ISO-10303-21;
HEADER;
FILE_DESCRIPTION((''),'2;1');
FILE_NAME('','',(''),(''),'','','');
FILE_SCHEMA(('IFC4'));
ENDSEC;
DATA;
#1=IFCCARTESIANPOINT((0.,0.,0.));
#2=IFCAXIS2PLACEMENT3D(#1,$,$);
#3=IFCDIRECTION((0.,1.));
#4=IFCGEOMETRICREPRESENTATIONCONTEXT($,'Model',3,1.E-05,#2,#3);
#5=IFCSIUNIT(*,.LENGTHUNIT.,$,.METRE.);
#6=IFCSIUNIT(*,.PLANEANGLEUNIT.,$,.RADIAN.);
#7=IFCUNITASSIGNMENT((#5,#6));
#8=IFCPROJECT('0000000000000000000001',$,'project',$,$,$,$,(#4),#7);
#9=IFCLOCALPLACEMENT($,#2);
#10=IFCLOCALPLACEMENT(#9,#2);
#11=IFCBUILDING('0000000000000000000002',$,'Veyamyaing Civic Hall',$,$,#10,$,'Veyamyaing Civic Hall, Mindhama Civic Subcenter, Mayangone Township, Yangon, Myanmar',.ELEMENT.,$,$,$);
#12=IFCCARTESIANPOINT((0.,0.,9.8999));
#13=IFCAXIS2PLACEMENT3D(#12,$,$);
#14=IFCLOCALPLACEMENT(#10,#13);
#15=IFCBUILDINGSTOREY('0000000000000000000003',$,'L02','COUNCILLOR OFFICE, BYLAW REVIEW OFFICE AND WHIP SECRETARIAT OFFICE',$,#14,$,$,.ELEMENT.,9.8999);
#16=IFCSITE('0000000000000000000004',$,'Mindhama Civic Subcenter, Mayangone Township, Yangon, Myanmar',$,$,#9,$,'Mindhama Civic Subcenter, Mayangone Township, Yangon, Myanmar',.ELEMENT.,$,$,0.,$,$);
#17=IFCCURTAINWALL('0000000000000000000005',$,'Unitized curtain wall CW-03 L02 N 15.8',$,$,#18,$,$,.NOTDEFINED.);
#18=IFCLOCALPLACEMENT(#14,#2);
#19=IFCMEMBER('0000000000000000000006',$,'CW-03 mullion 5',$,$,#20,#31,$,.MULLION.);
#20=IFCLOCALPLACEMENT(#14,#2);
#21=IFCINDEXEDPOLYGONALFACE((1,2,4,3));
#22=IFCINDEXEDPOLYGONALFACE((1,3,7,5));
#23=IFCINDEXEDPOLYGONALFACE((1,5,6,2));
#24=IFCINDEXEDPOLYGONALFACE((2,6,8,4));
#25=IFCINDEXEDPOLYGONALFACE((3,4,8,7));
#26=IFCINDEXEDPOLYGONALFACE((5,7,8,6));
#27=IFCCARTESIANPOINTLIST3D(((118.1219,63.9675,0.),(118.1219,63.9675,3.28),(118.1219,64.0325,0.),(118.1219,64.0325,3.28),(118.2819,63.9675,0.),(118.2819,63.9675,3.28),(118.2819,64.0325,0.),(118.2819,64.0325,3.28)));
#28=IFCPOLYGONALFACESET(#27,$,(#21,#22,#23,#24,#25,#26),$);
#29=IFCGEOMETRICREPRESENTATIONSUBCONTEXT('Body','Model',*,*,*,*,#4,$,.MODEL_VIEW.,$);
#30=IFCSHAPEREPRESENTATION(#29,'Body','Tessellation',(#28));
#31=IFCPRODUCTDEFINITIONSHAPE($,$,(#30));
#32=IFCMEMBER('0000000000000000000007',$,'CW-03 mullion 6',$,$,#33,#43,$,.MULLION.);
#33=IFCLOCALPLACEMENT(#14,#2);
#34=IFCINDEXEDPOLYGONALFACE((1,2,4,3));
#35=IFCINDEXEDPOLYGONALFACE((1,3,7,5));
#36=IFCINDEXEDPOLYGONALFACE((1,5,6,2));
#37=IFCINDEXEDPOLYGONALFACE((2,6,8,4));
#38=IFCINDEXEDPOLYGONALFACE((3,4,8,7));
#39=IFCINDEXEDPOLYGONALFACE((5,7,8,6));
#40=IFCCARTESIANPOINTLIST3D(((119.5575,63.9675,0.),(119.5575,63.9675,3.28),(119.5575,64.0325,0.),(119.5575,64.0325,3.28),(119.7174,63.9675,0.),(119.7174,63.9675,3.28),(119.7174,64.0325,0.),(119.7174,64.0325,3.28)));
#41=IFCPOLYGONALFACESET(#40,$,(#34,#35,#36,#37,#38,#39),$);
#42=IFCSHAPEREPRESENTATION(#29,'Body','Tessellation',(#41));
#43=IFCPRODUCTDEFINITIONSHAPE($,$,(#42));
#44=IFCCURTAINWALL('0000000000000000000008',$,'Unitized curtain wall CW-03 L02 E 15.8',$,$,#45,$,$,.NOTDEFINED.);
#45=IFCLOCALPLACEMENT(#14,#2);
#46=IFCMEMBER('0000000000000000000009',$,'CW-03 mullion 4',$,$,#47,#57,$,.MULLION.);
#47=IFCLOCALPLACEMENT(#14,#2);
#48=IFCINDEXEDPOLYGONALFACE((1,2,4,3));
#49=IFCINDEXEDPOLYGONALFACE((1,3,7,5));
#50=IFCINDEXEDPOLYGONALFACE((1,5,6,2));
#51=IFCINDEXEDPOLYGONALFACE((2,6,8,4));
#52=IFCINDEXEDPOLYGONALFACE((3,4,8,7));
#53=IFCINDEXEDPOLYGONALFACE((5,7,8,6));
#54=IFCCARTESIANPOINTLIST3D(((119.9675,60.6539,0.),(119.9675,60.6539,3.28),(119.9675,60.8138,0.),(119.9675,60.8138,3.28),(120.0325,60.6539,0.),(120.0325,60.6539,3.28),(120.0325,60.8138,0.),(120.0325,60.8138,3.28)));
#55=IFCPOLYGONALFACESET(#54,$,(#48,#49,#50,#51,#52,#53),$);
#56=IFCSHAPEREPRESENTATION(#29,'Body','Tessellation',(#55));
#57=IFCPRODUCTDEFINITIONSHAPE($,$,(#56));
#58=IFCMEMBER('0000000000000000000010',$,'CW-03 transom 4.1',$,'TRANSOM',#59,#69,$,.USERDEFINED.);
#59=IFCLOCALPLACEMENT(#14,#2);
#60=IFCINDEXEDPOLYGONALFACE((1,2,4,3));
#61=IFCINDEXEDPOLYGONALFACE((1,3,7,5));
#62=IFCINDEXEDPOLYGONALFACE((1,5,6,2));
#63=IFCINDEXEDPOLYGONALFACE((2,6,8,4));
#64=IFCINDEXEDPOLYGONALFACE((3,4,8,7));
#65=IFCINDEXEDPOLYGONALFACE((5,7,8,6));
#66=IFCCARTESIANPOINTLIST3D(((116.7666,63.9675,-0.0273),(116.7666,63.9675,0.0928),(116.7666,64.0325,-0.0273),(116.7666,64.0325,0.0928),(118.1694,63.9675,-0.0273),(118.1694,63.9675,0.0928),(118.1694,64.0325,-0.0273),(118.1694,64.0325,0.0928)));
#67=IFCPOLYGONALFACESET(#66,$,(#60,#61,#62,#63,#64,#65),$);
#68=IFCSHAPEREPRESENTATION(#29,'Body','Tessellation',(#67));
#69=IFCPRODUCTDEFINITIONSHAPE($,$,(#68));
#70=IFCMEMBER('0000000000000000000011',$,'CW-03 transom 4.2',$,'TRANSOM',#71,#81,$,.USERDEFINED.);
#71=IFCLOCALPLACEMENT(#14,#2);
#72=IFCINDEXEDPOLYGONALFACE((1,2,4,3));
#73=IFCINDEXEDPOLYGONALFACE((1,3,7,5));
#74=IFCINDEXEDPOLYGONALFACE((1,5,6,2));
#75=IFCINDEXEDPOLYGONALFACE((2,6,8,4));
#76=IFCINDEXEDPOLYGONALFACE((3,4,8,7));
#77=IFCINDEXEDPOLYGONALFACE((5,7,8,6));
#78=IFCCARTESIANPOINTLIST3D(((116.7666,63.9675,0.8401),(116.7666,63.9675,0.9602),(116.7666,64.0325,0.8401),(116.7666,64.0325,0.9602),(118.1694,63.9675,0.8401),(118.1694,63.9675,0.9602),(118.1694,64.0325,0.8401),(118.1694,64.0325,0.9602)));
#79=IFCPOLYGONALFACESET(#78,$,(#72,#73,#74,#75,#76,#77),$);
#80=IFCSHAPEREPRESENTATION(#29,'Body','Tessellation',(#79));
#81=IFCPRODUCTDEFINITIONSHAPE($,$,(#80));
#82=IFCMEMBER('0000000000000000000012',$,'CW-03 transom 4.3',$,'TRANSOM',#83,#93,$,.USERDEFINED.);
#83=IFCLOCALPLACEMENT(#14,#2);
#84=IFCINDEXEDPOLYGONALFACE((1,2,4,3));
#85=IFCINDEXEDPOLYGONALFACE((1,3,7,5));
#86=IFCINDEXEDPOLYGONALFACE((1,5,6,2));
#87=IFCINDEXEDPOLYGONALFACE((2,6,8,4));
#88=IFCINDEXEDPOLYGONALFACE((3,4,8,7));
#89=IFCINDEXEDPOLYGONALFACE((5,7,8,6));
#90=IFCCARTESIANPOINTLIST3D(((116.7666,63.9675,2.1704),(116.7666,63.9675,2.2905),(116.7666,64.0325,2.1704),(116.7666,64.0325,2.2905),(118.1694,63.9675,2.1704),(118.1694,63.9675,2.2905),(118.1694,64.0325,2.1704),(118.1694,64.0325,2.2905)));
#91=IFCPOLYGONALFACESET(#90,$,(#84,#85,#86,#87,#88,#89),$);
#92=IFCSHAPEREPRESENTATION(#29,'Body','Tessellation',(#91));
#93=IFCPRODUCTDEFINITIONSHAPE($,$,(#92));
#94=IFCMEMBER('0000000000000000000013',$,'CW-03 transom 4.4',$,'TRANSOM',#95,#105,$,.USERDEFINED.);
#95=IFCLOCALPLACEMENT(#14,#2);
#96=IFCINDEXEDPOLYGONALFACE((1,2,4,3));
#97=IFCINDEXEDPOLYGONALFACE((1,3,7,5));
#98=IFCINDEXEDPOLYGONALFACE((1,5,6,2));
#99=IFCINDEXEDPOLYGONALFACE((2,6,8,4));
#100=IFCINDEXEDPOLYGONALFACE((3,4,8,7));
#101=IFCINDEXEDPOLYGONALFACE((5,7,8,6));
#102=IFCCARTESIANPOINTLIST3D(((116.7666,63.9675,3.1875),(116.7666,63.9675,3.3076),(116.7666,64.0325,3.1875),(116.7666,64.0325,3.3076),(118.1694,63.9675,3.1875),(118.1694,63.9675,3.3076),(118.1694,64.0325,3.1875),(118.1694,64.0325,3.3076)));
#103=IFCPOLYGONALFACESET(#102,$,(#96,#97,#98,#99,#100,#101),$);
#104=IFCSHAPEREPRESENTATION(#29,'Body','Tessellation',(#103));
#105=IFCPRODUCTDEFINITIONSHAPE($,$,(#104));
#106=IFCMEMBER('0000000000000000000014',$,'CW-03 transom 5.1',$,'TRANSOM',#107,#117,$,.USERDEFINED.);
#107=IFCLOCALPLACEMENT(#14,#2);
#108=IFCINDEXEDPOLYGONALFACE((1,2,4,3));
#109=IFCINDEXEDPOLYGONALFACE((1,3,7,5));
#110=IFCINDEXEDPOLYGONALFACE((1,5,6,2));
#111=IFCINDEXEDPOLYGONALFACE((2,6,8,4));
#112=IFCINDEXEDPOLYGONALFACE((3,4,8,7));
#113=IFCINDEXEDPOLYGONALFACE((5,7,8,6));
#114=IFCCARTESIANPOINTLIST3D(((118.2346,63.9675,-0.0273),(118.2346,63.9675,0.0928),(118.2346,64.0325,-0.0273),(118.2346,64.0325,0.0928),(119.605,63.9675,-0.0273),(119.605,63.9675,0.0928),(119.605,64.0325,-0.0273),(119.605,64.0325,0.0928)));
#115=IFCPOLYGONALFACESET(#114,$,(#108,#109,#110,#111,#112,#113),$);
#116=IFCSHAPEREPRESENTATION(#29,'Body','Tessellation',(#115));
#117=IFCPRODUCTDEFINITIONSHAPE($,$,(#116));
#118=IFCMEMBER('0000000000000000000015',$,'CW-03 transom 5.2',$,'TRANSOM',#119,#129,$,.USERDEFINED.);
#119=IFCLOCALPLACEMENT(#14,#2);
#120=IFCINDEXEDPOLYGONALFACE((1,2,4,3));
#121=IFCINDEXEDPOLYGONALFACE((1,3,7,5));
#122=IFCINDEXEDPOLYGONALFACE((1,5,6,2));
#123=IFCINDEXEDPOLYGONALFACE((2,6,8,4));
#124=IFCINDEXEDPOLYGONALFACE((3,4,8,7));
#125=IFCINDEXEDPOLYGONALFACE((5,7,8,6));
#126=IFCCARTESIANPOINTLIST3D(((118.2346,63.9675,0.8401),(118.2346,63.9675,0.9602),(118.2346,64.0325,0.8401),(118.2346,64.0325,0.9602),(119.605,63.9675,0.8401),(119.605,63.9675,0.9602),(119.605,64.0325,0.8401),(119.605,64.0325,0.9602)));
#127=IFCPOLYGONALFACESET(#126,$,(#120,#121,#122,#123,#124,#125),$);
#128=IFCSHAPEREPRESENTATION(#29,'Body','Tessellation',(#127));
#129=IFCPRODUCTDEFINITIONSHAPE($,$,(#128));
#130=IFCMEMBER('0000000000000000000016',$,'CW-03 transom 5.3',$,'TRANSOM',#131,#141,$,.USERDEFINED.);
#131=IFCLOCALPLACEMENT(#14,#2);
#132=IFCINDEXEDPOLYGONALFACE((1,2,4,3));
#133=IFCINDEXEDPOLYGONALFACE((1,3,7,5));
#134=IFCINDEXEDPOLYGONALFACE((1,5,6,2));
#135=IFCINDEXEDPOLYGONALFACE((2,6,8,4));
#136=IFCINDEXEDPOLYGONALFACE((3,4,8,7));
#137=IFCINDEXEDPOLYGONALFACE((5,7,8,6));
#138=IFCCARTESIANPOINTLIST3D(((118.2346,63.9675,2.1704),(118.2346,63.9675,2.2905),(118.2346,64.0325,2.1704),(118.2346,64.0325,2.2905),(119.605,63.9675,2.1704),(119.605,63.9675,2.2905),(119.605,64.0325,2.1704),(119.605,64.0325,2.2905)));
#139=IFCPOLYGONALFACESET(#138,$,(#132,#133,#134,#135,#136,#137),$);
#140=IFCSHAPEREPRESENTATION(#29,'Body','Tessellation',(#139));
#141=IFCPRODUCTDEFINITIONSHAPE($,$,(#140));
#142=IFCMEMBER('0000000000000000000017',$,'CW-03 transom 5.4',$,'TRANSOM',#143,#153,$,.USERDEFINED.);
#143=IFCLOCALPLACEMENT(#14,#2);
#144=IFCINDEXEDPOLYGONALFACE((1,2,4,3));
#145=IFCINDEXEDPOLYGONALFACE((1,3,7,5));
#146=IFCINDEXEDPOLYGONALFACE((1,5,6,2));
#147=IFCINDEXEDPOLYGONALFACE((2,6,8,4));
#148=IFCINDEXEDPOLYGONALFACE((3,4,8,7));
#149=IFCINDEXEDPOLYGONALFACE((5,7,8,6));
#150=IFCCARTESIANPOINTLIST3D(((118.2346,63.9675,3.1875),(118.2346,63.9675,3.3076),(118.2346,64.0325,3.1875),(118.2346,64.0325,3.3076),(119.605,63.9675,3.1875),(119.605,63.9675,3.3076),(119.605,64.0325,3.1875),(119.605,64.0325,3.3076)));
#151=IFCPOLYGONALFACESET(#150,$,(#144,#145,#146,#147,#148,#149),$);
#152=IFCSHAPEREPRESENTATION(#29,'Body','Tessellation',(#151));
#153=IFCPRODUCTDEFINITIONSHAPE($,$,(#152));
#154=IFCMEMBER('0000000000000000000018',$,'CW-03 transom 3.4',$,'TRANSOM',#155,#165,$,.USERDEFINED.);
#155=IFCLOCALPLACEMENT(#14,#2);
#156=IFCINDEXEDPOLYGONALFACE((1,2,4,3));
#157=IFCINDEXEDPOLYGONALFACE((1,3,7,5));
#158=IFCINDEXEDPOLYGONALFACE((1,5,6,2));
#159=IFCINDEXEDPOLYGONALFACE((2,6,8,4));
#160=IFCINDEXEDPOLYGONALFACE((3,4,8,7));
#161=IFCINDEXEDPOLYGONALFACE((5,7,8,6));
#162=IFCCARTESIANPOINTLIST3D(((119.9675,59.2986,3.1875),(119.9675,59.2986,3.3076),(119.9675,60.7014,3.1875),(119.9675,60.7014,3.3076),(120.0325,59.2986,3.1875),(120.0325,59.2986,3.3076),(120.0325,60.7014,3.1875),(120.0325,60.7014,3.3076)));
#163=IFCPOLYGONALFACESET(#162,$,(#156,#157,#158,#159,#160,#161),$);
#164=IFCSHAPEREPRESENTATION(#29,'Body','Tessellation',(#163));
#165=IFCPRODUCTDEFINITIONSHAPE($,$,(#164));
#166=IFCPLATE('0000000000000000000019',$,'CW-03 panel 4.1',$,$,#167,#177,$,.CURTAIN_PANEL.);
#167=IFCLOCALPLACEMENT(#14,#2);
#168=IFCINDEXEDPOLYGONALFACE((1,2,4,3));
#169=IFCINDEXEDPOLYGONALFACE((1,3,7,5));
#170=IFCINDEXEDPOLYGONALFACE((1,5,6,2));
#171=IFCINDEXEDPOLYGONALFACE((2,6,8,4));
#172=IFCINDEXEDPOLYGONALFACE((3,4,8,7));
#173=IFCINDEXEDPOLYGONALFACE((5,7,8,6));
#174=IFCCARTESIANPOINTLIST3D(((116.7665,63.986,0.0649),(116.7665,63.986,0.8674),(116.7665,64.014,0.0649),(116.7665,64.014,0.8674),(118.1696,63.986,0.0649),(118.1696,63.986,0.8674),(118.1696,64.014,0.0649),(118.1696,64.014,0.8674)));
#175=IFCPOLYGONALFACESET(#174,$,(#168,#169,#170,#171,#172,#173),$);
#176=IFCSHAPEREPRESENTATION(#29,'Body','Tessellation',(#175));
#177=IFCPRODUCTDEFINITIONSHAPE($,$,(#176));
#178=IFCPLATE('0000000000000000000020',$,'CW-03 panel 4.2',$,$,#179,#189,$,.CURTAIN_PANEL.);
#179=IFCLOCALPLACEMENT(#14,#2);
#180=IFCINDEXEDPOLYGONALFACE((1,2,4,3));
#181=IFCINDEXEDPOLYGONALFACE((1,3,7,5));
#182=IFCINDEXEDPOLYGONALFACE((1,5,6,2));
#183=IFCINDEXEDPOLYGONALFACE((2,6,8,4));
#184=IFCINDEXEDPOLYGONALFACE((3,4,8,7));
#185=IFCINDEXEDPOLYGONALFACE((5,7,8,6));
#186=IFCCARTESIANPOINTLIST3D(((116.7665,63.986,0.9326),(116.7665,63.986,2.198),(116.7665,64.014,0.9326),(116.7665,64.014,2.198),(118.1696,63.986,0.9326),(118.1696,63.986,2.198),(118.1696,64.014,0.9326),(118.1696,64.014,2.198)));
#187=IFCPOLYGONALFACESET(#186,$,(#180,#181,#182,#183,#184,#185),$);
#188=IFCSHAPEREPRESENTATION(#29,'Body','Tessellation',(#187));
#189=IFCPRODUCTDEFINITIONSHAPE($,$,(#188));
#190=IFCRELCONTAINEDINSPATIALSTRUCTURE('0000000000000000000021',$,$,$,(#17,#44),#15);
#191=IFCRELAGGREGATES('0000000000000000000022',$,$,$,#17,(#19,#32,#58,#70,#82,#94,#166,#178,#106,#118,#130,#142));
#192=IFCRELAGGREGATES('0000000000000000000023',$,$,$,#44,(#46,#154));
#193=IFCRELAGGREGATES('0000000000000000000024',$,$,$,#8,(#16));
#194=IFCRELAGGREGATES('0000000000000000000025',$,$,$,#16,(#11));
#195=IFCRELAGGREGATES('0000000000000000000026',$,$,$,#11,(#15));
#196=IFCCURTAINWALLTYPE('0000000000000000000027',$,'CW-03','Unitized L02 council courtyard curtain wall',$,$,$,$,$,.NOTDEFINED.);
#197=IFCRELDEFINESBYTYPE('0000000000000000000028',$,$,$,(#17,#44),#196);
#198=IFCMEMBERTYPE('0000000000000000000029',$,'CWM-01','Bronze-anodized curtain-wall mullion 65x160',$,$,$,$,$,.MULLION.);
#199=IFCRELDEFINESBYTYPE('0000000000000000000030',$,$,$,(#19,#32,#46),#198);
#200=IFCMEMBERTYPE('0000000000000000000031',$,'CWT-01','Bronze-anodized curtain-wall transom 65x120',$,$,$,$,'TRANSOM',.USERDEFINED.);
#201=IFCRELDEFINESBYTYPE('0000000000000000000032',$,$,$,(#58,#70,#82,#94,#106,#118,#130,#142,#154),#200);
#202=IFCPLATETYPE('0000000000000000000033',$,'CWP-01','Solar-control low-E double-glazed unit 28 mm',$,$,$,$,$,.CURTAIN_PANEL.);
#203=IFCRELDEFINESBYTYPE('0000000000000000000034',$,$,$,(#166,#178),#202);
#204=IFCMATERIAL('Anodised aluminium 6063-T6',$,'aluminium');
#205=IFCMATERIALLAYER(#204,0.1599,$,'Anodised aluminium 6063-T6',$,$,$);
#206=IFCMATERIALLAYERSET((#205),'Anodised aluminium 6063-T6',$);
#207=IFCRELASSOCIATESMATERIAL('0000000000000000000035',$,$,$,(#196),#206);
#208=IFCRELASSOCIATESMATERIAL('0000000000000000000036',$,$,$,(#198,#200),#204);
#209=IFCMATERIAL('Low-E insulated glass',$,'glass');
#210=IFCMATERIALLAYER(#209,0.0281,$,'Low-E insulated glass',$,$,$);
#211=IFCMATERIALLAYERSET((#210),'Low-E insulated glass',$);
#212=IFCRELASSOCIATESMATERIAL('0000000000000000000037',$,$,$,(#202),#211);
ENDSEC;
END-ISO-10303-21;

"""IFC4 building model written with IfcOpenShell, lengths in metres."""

from ifc_helpers import new_model, si_unit, direction, frame, origin, origin_2d, place, context, subcontext, project, spatial, rectangle, extrude, material, layer, layer_set, material_profile, profile_set, type_object, element, aggregate, save


model = new_model("IFC4")

# Units and contexts
model_context = context("Model", 3, precision=1e-05, world=origin(), true_north=direction((0.0, 1.0)))
body_context = subcontext(model_context, "Body", "Model", "MODEL_VIEW")
ifc_project = project(units=[si_unit("LENGTHUNIT", "METRE"), si_unit("PLANEANGLEUNIT", "RADIAN")], contexts=[model_context])

# Site, building, storey
site_placement = place(None, origin())
site = spatial("IfcSite", under=ifc_project, at=site_placement, Name="Mindhama Civic Subcenter, Mayangone Township, Yangon, Myanmar", LongName="Mindhama Civic Subcenter, Mayangone Township, Yangon, Myanmar", CompositionType="ELEMENT", RefElevation=0.0)
building_placement = place(site_placement, origin())
building = spatial("IfcBuilding", under=site, at=building_placement, Name="Veyamyaing Civic Hall", LongName="Veyamyaing Civic Hall, Mindhama Civic Subcenter, Mayangone Township, Yangon, Myanmar", CompositionType="ELEMENT")
storey_placement = place(building_placement, frame((0.0, 0.0, 9.8999)))
storey = spatial("IfcBuildingStorey", under=building, at=storey_placement, Name="L02", Description="COUNCILLOR OFFICE, BYLAW REVIEW OFFICE AND WHIP SECRETARIAT OFFICE", CompositionType="ELEMENT", Elevation=9.8999)

# Curtain wall, members
ifc_material_1 = material(Name="Anodised aluminium 6063-T6", Category="aluminium")
ifc_layer_1 = layer(ifc_material_1, 0.1599, Name="Anodised aluminium 6063-T6")
ifc_layer_set_1 = layer_set([ifc_layer_1], Name="Anodised aluminium 6063-T6")
curtain_wall_type = type_object("IfcCurtainWallType", Name="CW-03", Description="Unitized L02 council courtyard curtain wall", PredefinedType="NOTDEFINED", material=ifc_layer_set_1)
curtain_wall_1_placement = place(storey_placement, origin())
curtain_wall_1 = element("IfcCurtainWall", 1, at=curtain_wall_1_placement, inside=storey, type_object=curtain_wall_type, Name="Unitized curtain wall CW-03 L02 N 15.8", PredefinedType="NOTDEFINED")
ifc_material_profile_1 = material_profile(ifc_material_1, rectangle(XDim=0.0649, YDim=0.1599, at=origin_2d()), Name="ALU-MUL-65X160")
ifc_profile_set_1 = profile_set([ifc_material_profile_1], Name="Anodised aluminium 6063-T6")
member_type_1 = type_object("IfcMemberType", Name="CWM-01", Description="Bronze-anodized curtain-wall mullion 65x160", PredefinedType="MULLION", material=ifc_profile_set_1)
member_1_placement = place(storey_placement, frame((118.2019, 64.0, 0.0), z_axis=(0.0, 0.0, 1.0), x_axis=(0.0, 1.0, 0.0)))
member_1 = element("IfcMember", 2, at=member_1_placement, type_object=member_type_1, Name="CW-03 mullion 5", PredefinedType="MULLION", context=body_context, shape_type="SweptSolid", body=[
    extrude(rectangle(XDim=0.0649, YDim=0.1599, at=origin_2d()), origin(), (0.0, 0.0, 1.0), 3.28),
])
member_2_placement = place(storey_placement, frame((119.6375, 64.0, 0.0), z_axis=(0.0, 0.0, 1.0), x_axis=(0.0, 1.0, 0.0)))
member_2 = element("IfcMember", 3, at=member_2_placement, type_object=member_type_1, Name="CW-03 mullion 6", PredefinedType="MULLION", context=body_context, shape_type="SweptSolid", body=[
    extrude(rectangle(XDim=0.0649, YDim=0.1599, at=origin_2d()), origin(), (0.0, 0.0, 1.0), 3.28),
])

# Curtain wall, member
curtain_wall_2_placement = place(storey_placement, origin())
curtain_wall_2 = element("IfcCurtainWall", 4, at=curtain_wall_2_placement, inside=storey, type_object=curtain_wall_type, Name="Unitized curtain wall CW-03 L02 E 15.8", PredefinedType="NOTDEFINED")
member_3_placement = place(storey_placement, frame((120.0, 60.7339, 0.0), z_axis=(0.0, 0.0, 1.0), x_axis=(-1.0, 0.0, 0.0)))
member_3 = element("IfcMember", 5, at=member_3_placement, type_object=member_type_1, Name="CW-03 mullion 4", PredefinedType="MULLION", context=body_context, shape_type="SweptSolid", body=[
    extrude(rectangle(XDim=0.0649, YDim=0.1599, at=origin_2d()), origin(), (0.0, 0.0, 1.0), 3.28),
])

# Members
ifc_material_profile_2 = material_profile(ifc_material_1, rectangle(XDim=0.0649, YDim=0.1201, at=origin_2d()), Name="ALU-TRN-65X120")
ifc_profile_set_2 = profile_set([ifc_material_profile_2], Name="Anodised aluminium 6063-T6")
member_type_2 = type_object("IfcMemberType", Name="CWT-01", Description="Bronze-anodized curtain-wall transom 65x120", ElementType="TRANSOM", PredefinedType="USERDEFINED", material=ifc_profile_set_2)
member_4_placement = place(storey_placement, frame((116.7666, 64.0, 0.0327), z_axis=(1.0, 0.0, 0.0), x_axis=(0.0, 1.0, 0.0)))
member_4 = element("IfcMember", 6, at=member_4_placement, type_object=member_type_2, Name="CW-03 transom 4.1", ObjectType="TRANSOM", PredefinedType="USERDEFINED", context=body_context, shape_type="SweptSolid", body=[
    extrude(rectangle(XDim=0.0649, YDim=0.1201, at=origin_2d()), origin(), (0.0, 0.0, 1.0), 1.4028),
])
member_5_placement = place(storey_placement, frame((116.7666, 64.0, 0.9001), z_axis=(1.0, 0.0, 0.0), x_axis=(0.0, 1.0, 0.0)))
member_5 = element("IfcMember", 7, at=member_5_placement, type_object=member_type_2, Name="CW-03 transom 4.2", ObjectType="TRANSOM", PredefinedType="USERDEFINED", context=body_context, shape_type="SweptSolid", body=[
    extrude(rectangle(XDim=0.0649, YDim=0.1201, at=origin_2d()), origin(), (0.0, 0.0, 1.0), 1.4028),
])
member_6_placement = place(storey_placement, frame((116.7666, 64.0, 2.2305), z_axis=(1.0, 0.0, 0.0), x_axis=(0.0, 1.0, 0.0)))
member_6 = element("IfcMember", 8, at=member_6_placement, type_object=member_type_2, Name="CW-03 transom 4.3", ObjectType="TRANSOM", PredefinedType="USERDEFINED", context=body_context, shape_type="SweptSolid", body=[
    extrude(rectangle(XDim=0.0649, YDim=0.1201, at=origin_2d()), origin(), (0.0, 0.0, 1.0), 1.4028),
])
member_7_placement = place(storey_placement, frame((116.7666, 64.0, 3.2476), z_axis=(1.0, 0.0, 0.0), x_axis=(0.0, 1.0, 0.0)))
member_7 = element("IfcMember", 9, at=member_7_placement, type_object=member_type_2, Name="CW-03 transom 4.4", ObjectType="TRANSOM", PredefinedType="USERDEFINED", context=body_context, shape_type="SweptSolid", body=[
    extrude(rectangle(XDim=0.0649, YDim=0.1201, at=origin_2d()), origin(), (0.0, 0.0, 1.0), 1.4028),
])
member_8_placement = place(storey_placement, frame((118.2346, 64.0, 0.0327), z_axis=(1.0, 0.0, 0.0), x_axis=(0.0, 1.0, 0.0)))
member_8 = element("IfcMember", 10, at=member_8_placement, type_object=member_type_2, Name="CW-03 transom 5.1", ObjectType="TRANSOM", PredefinedType="USERDEFINED", context=body_context, shape_type="SweptSolid", body=[
    extrude(rectangle(XDim=0.0649, YDim=0.1201, at=origin_2d()), origin(), (0.0, 0.0, 1.0), 1.3704),
])
member_9_placement = place(storey_placement, frame((118.2346, 64.0, 0.9001), z_axis=(1.0, 0.0, 0.0), x_axis=(0.0, 1.0, 0.0)))
member_9 = element("IfcMember", 11, at=member_9_placement, type_object=member_type_2, Name="CW-03 transom 5.2", ObjectType="TRANSOM", PredefinedType="USERDEFINED", context=body_context, shape_type="SweptSolid", body=[
    extrude(rectangle(XDim=0.0649, YDim=0.1201, at=origin_2d()), origin(), (0.0, 0.0, 1.0), 1.3704),
])
member_10_placement = place(storey_placement, frame((118.2346, 64.0, 2.2305), z_axis=(1.0, 0.0, 0.0), x_axis=(0.0, 1.0, 0.0)))
member_10 = element("IfcMember", 12, at=member_10_placement, type_object=member_type_2, Name="CW-03 transom 5.3", ObjectType="TRANSOM", PredefinedType="USERDEFINED", context=body_context, shape_type="SweptSolid", body=[
    extrude(rectangle(XDim=0.0649, YDim=0.1201, at=origin_2d()), origin(), (0.0, 0.0, 1.0), 1.3704),
])
member_11_placement = place(storey_placement, frame((118.2346, 64.0, 3.2476), z_axis=(1.0, 0.0, 0.0), x_axis=(0.0, 1.0, 0.0)))
member_11 = element("IfcMember", 13, at=member_11_placement, type_object=member_type_2, Name="CW-03 transom 5.4", ObjectType="TRANSOM", PredefinedType="USERDEFINED", context=body_context, shape_type="SweptSolid", body=[
    extrude(rectangle(XDim=0.0649, YDim=0.1201, at=origin_2d()), origin(), (0.0, 0.0, 1.0), 1.3704),
])
member_12_placement = place(storey_placement, frame((120.0, 59.2986, 3.2476), z_axis=(0.0, 1.0, 0.0), x_axis=(-1.0, 0.0, 0.0)))
member_12 = element("IfcMember", 14, at=member_12_placement, type_object=member_type_2, Name="CW-03 transom 3.4", ObjectType="TRANSOM", PredefinedType="USERDEFINED", context=body_context, shape_type="SweptSolid", body=[
    extrude(rectangle(XDim=0.0649, YDim=0.1201, at=origin_2d()), origin(), (0.0, 0.0, 1.0), 1.4028),
])

# Plates
ifc_material_2 = material(Name="Low-E insulated glass", Category="glass")
ifc_layer_2 = layer(ifc_material_2, 0.0281, Name="Low-E insulated glass")
ifc_layer_set_2 = layer_set([ifc_layer_2], Name="Low-E insulated glass")
plate_type = type_object("IfcPlateType", Name="CWP-01", Description="Solar-control low-E double-glazed unit 28 mm", PredefinedType="CURTAIN_PANEL", material=ifc_layer_set_2)
plate_1_placement = place(storey_placement, frame((117.468, 64.0, 0.0649), z_axis=(0.0, 0.0, 1.0), x_axis=(1.0, 0.0, 0.0)))
plate_1 = element("IfcPlate", 15, at=plate_1_placement, type_object=plate_type, Name="CW-03 panel 4.1", PredefinedType="CURTAIN_PANEL", context=body_context, shape_type="SweptSolid", body=[
    extrude(rectangle(XDim=1.4031, YDim=0.0281, at=origin_2d()), origin(), (0.0, 0.0, 1.0), 0.8025),
])
plate_2_placement = place(storey_placement, frame((117.468, 64.0, 0.9326), z_axis=(0.0, 0.0, 1.0), x_axis=(1.0, 0.0, 0.0)))
plate_2 = element("IfcPlate", 16, at=plate_2_placement, type_object=plate_type, Name="CW-03 panel 4.2", PredefinedType="CURTAIN_PANEL", context=body_context, shape_type="SweptSolid", body=[
    extrude(rectangle(XDim=1.4031, YDim=0.0281, at=origin_2d()), origin(), (0.0, 0.0, 1.0), 1.2654),
])
aggregate(curtain_wall_1, [member_1, member_2, member_4, member_5, member_6, member_7, plate_1, plate_2, member_8, member_9, member_10, member_11])
aggregate(curtain_wall_2, [member_3, member_12])

save(model, "model.ifc")
